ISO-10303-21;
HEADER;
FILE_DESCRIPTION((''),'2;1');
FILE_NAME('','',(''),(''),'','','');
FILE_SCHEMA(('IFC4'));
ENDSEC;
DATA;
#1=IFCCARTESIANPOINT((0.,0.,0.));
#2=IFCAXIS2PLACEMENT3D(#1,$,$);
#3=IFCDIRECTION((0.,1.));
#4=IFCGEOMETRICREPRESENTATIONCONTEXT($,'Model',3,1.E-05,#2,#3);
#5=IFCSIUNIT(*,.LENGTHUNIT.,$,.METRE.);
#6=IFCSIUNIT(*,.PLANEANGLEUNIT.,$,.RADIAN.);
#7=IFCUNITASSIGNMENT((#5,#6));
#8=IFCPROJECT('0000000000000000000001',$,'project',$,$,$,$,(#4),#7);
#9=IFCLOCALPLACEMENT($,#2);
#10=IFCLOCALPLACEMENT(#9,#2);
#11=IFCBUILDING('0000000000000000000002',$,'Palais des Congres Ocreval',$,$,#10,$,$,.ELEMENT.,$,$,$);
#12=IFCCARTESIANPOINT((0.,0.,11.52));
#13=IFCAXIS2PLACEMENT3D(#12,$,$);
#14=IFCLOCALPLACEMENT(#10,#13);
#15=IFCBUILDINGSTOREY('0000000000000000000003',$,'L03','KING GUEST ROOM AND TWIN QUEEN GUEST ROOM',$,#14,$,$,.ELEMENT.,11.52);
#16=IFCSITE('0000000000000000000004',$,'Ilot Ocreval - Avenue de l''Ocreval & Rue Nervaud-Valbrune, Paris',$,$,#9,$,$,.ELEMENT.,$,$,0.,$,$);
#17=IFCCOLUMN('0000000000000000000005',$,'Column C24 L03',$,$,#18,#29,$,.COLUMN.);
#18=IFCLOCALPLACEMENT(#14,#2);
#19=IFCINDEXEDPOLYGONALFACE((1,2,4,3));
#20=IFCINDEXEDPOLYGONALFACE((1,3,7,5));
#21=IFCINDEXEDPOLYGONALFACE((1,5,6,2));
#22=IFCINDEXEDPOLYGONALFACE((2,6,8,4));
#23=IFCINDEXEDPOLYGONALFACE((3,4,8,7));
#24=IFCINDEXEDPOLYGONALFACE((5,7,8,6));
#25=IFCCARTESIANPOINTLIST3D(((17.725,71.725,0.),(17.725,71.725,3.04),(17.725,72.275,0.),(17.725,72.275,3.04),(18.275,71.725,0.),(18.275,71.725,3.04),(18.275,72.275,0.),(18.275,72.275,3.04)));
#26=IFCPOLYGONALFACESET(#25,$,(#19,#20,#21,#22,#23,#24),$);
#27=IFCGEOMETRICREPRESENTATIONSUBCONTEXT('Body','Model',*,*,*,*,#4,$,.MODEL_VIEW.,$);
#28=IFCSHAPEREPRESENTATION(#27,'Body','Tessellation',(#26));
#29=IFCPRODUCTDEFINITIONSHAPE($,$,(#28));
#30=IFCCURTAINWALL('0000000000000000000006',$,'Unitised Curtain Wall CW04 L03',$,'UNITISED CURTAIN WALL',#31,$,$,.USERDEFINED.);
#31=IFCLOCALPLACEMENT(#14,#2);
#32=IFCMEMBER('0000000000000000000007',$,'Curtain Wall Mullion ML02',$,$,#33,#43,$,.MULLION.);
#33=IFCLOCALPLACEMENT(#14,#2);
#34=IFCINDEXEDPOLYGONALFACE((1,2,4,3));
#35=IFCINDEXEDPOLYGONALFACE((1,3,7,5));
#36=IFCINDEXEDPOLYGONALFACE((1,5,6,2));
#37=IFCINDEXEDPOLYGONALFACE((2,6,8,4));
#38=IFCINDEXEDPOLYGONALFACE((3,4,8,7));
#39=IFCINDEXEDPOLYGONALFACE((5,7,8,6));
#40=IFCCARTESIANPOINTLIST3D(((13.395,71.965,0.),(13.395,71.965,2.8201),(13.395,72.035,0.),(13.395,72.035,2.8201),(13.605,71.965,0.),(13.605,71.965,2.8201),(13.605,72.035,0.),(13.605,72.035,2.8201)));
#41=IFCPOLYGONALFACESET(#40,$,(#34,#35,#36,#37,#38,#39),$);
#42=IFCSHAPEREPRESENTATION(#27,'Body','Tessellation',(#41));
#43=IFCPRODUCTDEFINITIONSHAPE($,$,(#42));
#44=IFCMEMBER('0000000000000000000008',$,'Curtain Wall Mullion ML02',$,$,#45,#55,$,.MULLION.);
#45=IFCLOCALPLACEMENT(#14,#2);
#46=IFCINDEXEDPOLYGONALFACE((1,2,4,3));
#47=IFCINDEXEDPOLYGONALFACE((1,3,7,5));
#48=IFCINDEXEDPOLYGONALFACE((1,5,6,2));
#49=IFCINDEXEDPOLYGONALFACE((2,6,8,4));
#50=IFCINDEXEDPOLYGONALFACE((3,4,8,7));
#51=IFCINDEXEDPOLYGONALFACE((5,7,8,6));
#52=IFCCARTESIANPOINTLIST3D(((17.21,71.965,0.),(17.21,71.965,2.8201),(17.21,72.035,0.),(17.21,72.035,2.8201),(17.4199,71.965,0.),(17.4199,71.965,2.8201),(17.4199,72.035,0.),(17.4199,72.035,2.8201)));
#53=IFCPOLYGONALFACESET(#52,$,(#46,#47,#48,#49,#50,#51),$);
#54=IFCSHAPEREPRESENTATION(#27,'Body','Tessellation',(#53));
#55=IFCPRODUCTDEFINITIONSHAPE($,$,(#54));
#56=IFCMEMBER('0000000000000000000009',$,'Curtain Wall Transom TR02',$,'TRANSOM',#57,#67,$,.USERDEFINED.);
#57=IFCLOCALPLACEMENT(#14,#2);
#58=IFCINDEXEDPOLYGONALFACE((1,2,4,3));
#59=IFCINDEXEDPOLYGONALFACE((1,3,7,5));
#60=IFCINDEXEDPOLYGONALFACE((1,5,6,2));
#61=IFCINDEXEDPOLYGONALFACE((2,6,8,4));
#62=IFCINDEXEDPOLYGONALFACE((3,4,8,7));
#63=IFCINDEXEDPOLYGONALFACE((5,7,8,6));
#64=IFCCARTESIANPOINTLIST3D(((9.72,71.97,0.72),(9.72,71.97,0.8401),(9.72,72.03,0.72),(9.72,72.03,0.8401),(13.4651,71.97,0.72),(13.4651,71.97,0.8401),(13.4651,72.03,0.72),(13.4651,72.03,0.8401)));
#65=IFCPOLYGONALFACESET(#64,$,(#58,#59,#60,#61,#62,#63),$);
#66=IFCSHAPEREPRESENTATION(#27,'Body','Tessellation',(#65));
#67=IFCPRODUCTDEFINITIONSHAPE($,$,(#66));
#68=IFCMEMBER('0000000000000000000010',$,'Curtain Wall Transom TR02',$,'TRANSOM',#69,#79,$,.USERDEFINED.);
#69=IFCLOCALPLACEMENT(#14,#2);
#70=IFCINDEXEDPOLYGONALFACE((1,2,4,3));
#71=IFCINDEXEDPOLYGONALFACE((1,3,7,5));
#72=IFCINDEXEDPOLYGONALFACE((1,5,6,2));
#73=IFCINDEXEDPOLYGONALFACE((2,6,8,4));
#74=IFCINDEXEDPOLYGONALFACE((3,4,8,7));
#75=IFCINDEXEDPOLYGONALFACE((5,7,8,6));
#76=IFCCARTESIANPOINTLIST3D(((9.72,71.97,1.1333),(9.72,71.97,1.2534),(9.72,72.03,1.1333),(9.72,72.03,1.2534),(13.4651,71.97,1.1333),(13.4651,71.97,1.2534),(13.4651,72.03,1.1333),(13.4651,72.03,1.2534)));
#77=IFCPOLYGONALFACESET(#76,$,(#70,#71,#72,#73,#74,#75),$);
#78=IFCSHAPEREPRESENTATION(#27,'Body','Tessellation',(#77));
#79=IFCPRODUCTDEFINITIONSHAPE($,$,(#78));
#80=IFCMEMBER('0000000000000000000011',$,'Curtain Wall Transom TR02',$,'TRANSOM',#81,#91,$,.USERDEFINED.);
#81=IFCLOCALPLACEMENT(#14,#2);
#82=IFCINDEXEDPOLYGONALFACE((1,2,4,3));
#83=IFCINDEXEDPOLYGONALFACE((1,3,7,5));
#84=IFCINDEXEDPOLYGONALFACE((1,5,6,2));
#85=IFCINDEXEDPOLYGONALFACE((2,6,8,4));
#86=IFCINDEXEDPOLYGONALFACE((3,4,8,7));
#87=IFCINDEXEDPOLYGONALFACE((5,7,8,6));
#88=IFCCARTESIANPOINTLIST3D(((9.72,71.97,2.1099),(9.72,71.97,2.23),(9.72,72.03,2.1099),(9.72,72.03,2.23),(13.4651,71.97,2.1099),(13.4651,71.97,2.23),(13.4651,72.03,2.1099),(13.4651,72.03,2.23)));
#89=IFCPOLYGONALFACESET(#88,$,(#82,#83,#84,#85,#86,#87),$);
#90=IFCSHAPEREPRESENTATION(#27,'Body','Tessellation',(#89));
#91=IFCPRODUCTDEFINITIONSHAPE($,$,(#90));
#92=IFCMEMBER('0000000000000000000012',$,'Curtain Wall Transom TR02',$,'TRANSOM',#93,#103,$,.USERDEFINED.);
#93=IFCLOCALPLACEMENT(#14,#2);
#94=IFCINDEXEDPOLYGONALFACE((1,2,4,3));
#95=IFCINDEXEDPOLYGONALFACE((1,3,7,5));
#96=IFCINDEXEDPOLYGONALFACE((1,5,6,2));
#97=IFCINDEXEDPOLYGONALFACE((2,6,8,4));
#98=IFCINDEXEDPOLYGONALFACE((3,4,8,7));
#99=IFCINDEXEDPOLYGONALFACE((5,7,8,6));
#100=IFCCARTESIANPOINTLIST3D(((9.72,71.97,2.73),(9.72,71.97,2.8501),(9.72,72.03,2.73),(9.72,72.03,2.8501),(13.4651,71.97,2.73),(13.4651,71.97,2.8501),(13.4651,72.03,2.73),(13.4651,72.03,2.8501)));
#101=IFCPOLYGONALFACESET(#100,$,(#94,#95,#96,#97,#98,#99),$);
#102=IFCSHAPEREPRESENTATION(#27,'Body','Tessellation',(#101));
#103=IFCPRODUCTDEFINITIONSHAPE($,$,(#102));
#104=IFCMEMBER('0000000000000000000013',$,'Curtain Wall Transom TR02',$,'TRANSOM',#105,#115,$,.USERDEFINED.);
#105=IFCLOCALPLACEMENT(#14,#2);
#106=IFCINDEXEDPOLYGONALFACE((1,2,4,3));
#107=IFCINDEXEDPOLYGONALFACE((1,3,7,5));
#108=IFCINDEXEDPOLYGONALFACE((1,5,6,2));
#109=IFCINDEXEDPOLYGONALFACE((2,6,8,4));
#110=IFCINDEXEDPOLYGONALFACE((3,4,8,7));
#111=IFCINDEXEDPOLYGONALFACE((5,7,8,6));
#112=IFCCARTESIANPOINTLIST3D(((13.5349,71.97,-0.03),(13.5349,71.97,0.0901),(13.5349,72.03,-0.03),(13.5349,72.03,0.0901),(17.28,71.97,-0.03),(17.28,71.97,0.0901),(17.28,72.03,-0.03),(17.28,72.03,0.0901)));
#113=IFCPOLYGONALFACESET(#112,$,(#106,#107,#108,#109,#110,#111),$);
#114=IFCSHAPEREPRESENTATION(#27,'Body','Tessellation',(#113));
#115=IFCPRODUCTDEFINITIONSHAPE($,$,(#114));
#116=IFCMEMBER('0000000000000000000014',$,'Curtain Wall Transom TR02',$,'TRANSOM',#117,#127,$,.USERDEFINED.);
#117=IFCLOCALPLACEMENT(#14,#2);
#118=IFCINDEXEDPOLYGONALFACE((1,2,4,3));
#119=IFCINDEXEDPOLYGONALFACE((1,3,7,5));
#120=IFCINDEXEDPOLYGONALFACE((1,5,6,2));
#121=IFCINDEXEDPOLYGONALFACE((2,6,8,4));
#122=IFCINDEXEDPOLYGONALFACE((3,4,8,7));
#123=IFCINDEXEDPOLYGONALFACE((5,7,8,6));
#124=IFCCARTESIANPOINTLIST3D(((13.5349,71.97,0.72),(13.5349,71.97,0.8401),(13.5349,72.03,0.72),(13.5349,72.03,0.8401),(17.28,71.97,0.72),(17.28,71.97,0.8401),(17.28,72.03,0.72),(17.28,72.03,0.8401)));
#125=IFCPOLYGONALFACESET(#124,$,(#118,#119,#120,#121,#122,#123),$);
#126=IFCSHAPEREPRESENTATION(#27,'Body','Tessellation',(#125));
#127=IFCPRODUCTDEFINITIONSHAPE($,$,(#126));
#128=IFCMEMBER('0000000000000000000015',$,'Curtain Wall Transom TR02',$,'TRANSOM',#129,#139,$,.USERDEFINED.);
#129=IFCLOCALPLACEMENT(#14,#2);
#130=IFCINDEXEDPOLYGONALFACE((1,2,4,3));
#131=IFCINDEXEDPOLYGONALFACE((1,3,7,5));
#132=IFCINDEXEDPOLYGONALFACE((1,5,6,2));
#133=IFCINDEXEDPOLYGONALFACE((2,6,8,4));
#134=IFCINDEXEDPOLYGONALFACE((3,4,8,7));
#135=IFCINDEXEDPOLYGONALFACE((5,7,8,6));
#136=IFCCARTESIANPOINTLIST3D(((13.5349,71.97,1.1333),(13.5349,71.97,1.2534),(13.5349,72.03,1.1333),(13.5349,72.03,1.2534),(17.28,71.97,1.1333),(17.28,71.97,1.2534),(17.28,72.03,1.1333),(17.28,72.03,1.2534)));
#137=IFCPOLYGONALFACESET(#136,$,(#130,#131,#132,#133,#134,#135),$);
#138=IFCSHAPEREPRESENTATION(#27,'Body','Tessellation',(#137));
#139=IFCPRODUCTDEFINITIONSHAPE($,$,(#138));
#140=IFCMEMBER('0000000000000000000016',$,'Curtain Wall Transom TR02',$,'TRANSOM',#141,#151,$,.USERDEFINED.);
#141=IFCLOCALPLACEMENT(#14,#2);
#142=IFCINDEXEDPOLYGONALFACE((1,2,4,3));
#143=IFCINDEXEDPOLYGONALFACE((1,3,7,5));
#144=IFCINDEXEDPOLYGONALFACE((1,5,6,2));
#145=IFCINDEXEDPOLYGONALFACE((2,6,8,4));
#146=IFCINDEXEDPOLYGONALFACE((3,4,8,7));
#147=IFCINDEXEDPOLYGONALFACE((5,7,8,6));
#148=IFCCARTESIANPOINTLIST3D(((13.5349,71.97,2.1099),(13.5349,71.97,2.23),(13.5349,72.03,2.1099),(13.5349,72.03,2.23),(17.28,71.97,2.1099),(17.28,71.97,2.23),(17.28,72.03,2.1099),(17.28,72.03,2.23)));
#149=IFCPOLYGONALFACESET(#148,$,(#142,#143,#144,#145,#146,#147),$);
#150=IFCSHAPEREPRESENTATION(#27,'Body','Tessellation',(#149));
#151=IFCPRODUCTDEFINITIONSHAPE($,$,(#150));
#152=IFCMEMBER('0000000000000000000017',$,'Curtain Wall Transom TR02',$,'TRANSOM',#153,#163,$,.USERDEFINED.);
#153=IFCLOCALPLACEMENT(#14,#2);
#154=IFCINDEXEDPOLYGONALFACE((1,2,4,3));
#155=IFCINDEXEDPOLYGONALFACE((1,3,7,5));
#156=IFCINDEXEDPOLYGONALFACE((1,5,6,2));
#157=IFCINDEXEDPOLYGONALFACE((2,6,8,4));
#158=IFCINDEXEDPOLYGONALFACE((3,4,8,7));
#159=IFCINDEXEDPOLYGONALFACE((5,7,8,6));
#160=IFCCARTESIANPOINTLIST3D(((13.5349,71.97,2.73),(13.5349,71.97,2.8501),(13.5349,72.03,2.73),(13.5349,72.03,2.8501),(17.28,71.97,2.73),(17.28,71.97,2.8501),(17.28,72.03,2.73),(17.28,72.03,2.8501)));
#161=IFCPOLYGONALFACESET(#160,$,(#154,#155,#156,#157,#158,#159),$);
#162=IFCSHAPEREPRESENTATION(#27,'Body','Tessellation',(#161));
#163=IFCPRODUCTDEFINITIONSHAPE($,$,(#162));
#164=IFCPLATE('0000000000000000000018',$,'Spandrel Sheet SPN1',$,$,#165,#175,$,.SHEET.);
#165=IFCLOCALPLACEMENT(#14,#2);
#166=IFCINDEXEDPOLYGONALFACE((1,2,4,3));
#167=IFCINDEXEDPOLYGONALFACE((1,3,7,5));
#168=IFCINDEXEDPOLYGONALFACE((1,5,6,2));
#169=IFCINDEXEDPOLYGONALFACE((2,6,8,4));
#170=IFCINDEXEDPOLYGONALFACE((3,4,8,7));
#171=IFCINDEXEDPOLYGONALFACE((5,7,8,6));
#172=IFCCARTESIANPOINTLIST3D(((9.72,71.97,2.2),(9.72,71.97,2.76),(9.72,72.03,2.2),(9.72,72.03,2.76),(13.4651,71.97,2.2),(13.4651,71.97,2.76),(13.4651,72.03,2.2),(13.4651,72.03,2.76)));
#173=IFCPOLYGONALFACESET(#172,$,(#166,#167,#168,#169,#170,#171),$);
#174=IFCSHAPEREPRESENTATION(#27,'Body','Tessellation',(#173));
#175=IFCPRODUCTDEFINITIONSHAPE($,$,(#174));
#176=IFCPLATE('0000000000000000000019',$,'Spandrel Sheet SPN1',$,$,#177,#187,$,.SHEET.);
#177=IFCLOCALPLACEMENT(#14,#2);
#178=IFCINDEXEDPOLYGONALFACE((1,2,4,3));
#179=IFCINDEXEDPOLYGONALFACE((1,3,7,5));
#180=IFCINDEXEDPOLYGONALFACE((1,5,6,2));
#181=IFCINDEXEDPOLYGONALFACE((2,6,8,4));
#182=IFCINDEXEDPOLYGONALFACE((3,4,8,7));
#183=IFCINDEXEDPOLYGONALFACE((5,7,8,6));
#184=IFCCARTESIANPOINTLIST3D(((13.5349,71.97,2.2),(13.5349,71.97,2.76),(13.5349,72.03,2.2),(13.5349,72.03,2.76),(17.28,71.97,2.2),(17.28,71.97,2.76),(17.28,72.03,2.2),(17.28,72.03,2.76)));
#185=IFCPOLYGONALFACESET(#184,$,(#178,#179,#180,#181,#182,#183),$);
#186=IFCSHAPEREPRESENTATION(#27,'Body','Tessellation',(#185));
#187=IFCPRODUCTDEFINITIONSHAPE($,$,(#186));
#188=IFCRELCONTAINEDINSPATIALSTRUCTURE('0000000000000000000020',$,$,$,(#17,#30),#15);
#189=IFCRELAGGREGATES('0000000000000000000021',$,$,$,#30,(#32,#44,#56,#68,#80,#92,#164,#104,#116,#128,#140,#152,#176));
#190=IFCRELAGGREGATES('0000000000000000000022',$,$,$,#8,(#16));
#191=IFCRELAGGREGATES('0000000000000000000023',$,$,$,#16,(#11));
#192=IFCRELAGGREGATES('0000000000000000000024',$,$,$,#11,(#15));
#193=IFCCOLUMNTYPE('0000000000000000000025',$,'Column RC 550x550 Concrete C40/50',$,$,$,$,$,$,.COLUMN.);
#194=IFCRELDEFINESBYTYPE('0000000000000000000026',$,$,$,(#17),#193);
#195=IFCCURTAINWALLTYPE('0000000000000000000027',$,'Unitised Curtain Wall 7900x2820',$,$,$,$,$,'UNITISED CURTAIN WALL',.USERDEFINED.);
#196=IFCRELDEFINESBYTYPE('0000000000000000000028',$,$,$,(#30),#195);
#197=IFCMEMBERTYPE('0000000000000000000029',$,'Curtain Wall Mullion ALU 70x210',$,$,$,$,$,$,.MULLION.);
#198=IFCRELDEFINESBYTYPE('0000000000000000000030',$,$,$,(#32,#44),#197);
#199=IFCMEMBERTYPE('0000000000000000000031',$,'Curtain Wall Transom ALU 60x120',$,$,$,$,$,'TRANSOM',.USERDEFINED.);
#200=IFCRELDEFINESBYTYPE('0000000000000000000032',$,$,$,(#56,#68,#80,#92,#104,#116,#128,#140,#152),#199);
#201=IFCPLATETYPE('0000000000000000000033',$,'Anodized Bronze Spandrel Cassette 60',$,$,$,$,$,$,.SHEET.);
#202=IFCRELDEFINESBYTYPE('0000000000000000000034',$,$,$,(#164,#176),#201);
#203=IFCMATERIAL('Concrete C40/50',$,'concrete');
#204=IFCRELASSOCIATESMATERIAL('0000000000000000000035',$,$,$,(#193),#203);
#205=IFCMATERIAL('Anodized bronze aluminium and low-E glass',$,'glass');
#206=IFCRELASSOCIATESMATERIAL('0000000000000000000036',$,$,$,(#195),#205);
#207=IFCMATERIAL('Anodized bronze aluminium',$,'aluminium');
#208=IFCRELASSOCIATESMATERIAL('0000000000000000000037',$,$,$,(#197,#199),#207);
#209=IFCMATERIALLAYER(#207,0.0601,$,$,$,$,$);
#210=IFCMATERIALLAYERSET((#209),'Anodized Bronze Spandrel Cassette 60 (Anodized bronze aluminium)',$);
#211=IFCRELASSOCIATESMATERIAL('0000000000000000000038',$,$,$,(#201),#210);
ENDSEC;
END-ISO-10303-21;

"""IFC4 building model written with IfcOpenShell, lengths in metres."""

from ifc_helpers import new_model, si_unit, direction, frame, origin, origin_2d, place, context, subcontext, project, spatial, rectangle, extrude, material, layer, layer_set, material_profile, profile_set, type_object, element, aggregate, save


model = new_model("IFC4")

# Units and contexts
model_context = context("Model", 3, precision=1e-05, world=origin(), true_north=direction((0.0, 1.0)))
body_context = subcontext(model_context, "Body", "Model", "MODEL_VIEW")
ifc_project = project(units=[si_unit("LENGTHUNIT", "METRE"), si_unit("PLANEANGLEUNIT", "RADIAN")], contexts=[model_context])

# Site, building, storey
site_placement = place(None, origin())
site = spatial("IfcSite", under=ifc_project, at=site_placement, Name="Ilot Ocreval - Avenue de l'Ocreval & Rue Nervaud-Valbrune, Paris", CompositionType="ELEMENT", RefElevation=0.0)
building_placement = place(site_placement, origin())
building = spatial("IfcBuilding", under=site, at=building_placement, Name="Palais des Congres Ocreval", CompositionType="ELEMENT")
storey_placement = place(building_placement, frame((0.0, 0.0, 11.52)))
storey = spatial("IfcBuildingStorey", under=building, at=storey_placement, Name="L03", Description="KING GUEST ROOM AND TWIN QUEEN GUEST ROOM", CompositionType="ELEMENT", Elevation=11.52)

# Column
ifc_material_1 = material(Name="Concrete C40/50", Category="concrete")
ifc_material_profile_1 = material_profile(ifc_material_1, rectangle(XDim=0.55, YDim=0.55, at=origin_2d()), Name="RC 550x550")
ifc_profile_set_1 = profile_set([ifc_material_profile_1], Name="Concrete C40/50")
column_type = type_object("IfcColumnType", Name="Column RC 550x550 Concrete C40/50", PredefinedType="COLUMN", material=ifc_profile_set_1)
column_placement = place(storey_placement, frame((18.0, 72.0, 0.0), z_axis=(0.0, 0.0, 1.0), x_axis=(1.0, 0.0, 0.0)))
element("IfcColumn", 1, at=column_placement, inside=storey, type_object=column_type, Name="Column C24 L03", PredefinedType="COLUMN", context=body_context, shape_type="SweptSolid", body=[
    extrude(rectangle(XDim=0.55, YDim=0.55, at=origin_2d()), origin(), (0.0, 0.0, 1.0), 3.04),
])

# Curtain wall, members, plates
ifc_material_2 = material(Name="Anodized bronze aluminium and low-E glass", Category="glass")
curtain_wall_type = type_object("IfcCurtainWallType", Name="Unitised Curtain Wall 7900x2820", ElementType="UNITISED CURTAIN WALL", PredefinedType="USERDEFINED", material=ifc_material_2)
curtain_wall_placement = place(storey_placement, origin())
curtain_wall = element("IfcCurtainWall", 2, at=curtain_wall_placement, inside=storey, type_object=curtain_wall_type, Name="Unitised Curtain Wall CW04 L03", ObjectType="UNITISED CURTAIN WALL", PredefinedType="USERDEFINED")
ifc_material_3 = material(Name="Anodized bronze aluminium", Category="aluminium")
ifc_material_profile_2 = material_profile(ifc_material_3, rectangle(XDim=0.0701, YDim=0.21, at=origin_2d()), Name="ALU 70x210")
ifc_profile_set_2 = profile_set([ifc_material_profile_2], Name="Anodized bronze aluminium")
member_type_1 = type_object("IfcMemberType", Name="Curtain Wall Mullion ALU 70x210", PredefinedType="MULLION", material=ifc_profile_set_2)
member_1_placement = place(storey_placement, frame((13.5, 72.0, 0.0), z_axis=(0.0, 0.0, 1.0), x_axis=(0.0, 1.0, 0.0)))
member_1 = element("IfcMember", 3, at=member_1_placement, type_object=member_type_1, Name="Curtain Wall Mullion ML02", PredefinedType="MULLION", context=body_context, shape_type="SweptSolid", body=[
    extrude(rectangle(XDim=0.0701, YDim=0.21, at=origin_2d()), origin(), (0.0, 0.0, 1.0), 2.8201),
])
member_2_placement = place(storey_placement, frame((17.3149, 72.0, 0.0), z_axis=(0.0, 0.0, 1.0), x_axis=(0.0, 1.0, 0.0)))
member_2 = element("IfcMember", 4, at=member_2_placement, type_object=member_type_1, Name="Curtain Wall Mullion ML02", PredefinedType="MULLION", context=body_context, shape_type="SweptSolid", body=[
    extrude(rectangle(XDim=0.0701, YDim=0.21, at=origin_2d()), origin(), (0.0, 0.0, 1.0), 2.8201),
])
ifc_material_profile_3 = material_profile(ifc_material_3, rectangle(XDim=0.0601, YDim=0.1201, at=origin_2d()), Name="ALU 60x120")
ifc_profile_set_3 = profile_set([ifc_material_profile_3], Name="Anodized bronze aluminium")
member_type_2 = type_object("IfcMemberType", Name="Curtain Wall Transom ALU 60x120", ElementType="TRANSOM", PredefinedType="USERDEFINED", material=ifc_profile_set_3)
member_3_placement = place(storey_placement, frame((9.72, 72.0, 0.78), z_axis=(1.0, 0.0, 0.0), x_axis=(0.0, 1.0, 0.0)))
member_3 = element("IfcMember", 5, at=member_3_placement, type_object=member_type_2, Name="Curtain Wall Transom TR02", ObjectType="TRANSOM", PredefinedType="USERDEFINED", context=body_context, shape_type="SweptSolid", body=[
    extrude(rectangle(XDim=0.0601, YDim=0.1201, at=origin_2d()), origin(), (0.0, 0.0, 1.0), 3.7451),
])
member_4_placement = place(storey_placement, frame((9.72, 72.0, 1.1934), z_axis=(1.0, 0.0, 0.0), x_axis=(0.0, 1.0, 0.0)))
member_4 = element("IfcMember", 6, at=member_4_placement, type_object=member_type_2, Name="Curtain Wall Transom TR02", ObjectType="TRANSOM", PredefinedType="USERDEFINED", context=body_context, shape_type="SweptSolid", body=[
    extrude(rectangle(XDim=0.0601, YDim=0.1201, at=origin_2d()), origin(), (0.0, 0.0, 1.0), 3.7451),
])
member_5_placement = place(storey_placement, frame((9.72, 72.0, 2.1699), z_axis=(1.0, 0.0, 0.0), x_axis=(0.0, 1.0, 0.0)))
member_5 = element("IfcMember", 7, at=member_5_placement, type_object=member_type_2, Name="Curtain Wall Transom TR02", ObjectType="TRANSOM", PredefinedType="USERDEFINED", context=body_context, shape_type="SweptSolid", body=[
    extrude(rectangle(XDim=0.0601, YDim=0.1201, at=origin_2d()), origin(), (0.0, 0.0, 1.0), 3.7451),
])
member_6_placement = place(storey_placement, frame((9.72, 72.0, 2.79), z_axis=(1.0, 0.0, 0.0), x_axis=(0.0, 1.0, 0.0)))
member_6 = element("IfcMember", 8, at=member_6_placement, type_object=member_type_2, Name="Curtain Wall Transom TR02", ObjectType="TRANSOM", PredefinedType="USERDEFINED", context=body_context, shape_type="SweptSolid", body=[
    extrude(rectangle(XDim=0.0601, YDim=0.1201, at=origin_2d()), origin(), (0.0, 0.0, 1.0), 3.7451),
])
member_7_placement = place(storey_placement, frame((13.5349, 72.0, 0.03), z_axis=(1.0, 0.0, 0.0), x_axis=(0.0, 1.0, 0.0)))
member_7 = element("IfcMember", 9, at=member_7_placement, type_object=member_type_2, Name="Curtain Wall Transom TR02", ObjectType="TRANSOM", PredefinedType="USERDEFINED", context=body_context, shape_type="SweptSolid", body=[
    extrude(rectangle(XDim=0.0601, YDim=0.1201, at=origin_2d()), origin(), (0.0, 0.0, 1.0), 3.7451),
])
member_8_placement = place(storey_placement, frame((13.5349, 72.0, 0.78), z_axis=(1.0, 0.0, 0.0), x_axis=(0.0, 1.0, 0.0)))
member_8 = element("IfcMember", 10, at=member_8_placement, type_object=member_type_2, Name="Curtain Wall Transom TR02", ObjectType="TRANSOM", PredefinedType="USERDEFINED", context=body_context, shape_type="SweptSolid", body=[
    extrude(rectangle(XDim=0.0601, YDim=0.1201, at=origin_2d()), origin(), (0.0, 0.0, 1.0), 3.7451),
])
member_9_placement = place(storey_placement, frame((13.5349, 72.0, 1.1934), z_axis=(1.0, 0.0, 0.0), x_axis=(0.0, 1.0, 0.0)))
member_9 = element("IfcMember", 11, at=member_9_placement, type_object=member_type_2, Name="Curtain Wall Transom TR02", ObjectType="TRANSOM", PredefinedType="USERDEFINED", context=body_context, shape_type="SweptSolid", body=[
    extrude(rectangle(XDim=0.0601, YDim=0.1201, at=origin_2d()), origin(), (0.0, 0.0, 1.0), 3.7451),
])
member_10_placement = place(storey_placement, frame((13.5349, 72.0, 2.1699), z_axis=(1.0, 0.0, 0.0), x_axis=(0.0, 1.0, 0.0)))
member_10 = element("IfcMember", 12, at=member_10_placement, type_object=member_type_2, Name="Curtain Wall Transom TR02", ObjectType="TRANSOM", PredefinedType="USERDEFINED", context=body_context, shape_type="SweptSolid", body=[
    extrude(rectangle(XDim=0.0601, YDim=0.1201, at=origin_2d()), origin(), (0.0, 0.0, 1.0), 3.7451),
])
member_11_placement = place(storey_placement, frame((13.5349, 72.0, 2.79), z_axis=(1.0, 0.0, 0.0), x_axis=(0.0, 1.0, 0.0)))
member_11 = element("IfcMember", 13, at=member_11_placement, type_object=member_type_2, Name="Curtain Wall Transom TR02", ObjectType="TRANSOM", PredefinedType="USERDEFINED", context=body_context, shape_type="SweptSolid", body=[
    extrude(rectangle(XDim=0.0601, YDim=0.1201, at=origin_2d()), origin(), (0.0, 0.0, 1.0), 3.7451),
])
ifc_layer_1 = layer(ifc_material_3, 0.0601)
ifc_layer_set_1 = layer_set([ifc_layer_1], Name="Anodized Bronze Spandrel Cassette 60 (Anodized bronze aluminium)")
plate_type_1 = type_object("IfcPlateType", Name="Anodized Bronze Spandrel Cassette 60", PredefinedType="SHEET", material=ifc_layer_set_1)
plate_1_placement = place(storey_placement, frame((11.5925, 72.0, 2.2), z_axis=(0.0, 0.0, 1.0), x_axis=(1.0, 0.0, 0.0)))
plate_1 = element("IfcPlate", 14, at=plate_1_placement, type_object=plate_type_1, Name="Spandrel Sheet SPN1", PredefinedType="SHEET", context=body_context, shape_type="SweptSolid", body=[
    extrude(rectangle(XDim=3.7451, YDim=0.0601, at=origin_2d()), origin(), (0.0, 0.0, 1.0), 0.5601),
])
plate_2_placement = place(storey_placement, frame((15.4075, 72.0, 2.2), z_axis=(0.0, 0.0, 1.0), x_axis=(1.0, 0.0, 0.0)))
plate_2 = element("IfcPlate", 15, at=plate_2_placement, type_object=plate_type_1, Name="Spandrel Sheet SPN1", PredefinedType="SHEET", context=body_context, shape_type="SweptSolid", body=[
    extrude(rectangle(XDim=3.7451, YDim=0.0601, at=origin_2d()), origin(), (0.0, 0.0, 1.0), 0.5601),
])

aggregate(curtain_wall, [member_1, member_2, member_3, member_4, member_5, member_6, plate_1, member_7, member_8, member_9, member_10, member_11, plate_2])

save(model, "model.ifc")
